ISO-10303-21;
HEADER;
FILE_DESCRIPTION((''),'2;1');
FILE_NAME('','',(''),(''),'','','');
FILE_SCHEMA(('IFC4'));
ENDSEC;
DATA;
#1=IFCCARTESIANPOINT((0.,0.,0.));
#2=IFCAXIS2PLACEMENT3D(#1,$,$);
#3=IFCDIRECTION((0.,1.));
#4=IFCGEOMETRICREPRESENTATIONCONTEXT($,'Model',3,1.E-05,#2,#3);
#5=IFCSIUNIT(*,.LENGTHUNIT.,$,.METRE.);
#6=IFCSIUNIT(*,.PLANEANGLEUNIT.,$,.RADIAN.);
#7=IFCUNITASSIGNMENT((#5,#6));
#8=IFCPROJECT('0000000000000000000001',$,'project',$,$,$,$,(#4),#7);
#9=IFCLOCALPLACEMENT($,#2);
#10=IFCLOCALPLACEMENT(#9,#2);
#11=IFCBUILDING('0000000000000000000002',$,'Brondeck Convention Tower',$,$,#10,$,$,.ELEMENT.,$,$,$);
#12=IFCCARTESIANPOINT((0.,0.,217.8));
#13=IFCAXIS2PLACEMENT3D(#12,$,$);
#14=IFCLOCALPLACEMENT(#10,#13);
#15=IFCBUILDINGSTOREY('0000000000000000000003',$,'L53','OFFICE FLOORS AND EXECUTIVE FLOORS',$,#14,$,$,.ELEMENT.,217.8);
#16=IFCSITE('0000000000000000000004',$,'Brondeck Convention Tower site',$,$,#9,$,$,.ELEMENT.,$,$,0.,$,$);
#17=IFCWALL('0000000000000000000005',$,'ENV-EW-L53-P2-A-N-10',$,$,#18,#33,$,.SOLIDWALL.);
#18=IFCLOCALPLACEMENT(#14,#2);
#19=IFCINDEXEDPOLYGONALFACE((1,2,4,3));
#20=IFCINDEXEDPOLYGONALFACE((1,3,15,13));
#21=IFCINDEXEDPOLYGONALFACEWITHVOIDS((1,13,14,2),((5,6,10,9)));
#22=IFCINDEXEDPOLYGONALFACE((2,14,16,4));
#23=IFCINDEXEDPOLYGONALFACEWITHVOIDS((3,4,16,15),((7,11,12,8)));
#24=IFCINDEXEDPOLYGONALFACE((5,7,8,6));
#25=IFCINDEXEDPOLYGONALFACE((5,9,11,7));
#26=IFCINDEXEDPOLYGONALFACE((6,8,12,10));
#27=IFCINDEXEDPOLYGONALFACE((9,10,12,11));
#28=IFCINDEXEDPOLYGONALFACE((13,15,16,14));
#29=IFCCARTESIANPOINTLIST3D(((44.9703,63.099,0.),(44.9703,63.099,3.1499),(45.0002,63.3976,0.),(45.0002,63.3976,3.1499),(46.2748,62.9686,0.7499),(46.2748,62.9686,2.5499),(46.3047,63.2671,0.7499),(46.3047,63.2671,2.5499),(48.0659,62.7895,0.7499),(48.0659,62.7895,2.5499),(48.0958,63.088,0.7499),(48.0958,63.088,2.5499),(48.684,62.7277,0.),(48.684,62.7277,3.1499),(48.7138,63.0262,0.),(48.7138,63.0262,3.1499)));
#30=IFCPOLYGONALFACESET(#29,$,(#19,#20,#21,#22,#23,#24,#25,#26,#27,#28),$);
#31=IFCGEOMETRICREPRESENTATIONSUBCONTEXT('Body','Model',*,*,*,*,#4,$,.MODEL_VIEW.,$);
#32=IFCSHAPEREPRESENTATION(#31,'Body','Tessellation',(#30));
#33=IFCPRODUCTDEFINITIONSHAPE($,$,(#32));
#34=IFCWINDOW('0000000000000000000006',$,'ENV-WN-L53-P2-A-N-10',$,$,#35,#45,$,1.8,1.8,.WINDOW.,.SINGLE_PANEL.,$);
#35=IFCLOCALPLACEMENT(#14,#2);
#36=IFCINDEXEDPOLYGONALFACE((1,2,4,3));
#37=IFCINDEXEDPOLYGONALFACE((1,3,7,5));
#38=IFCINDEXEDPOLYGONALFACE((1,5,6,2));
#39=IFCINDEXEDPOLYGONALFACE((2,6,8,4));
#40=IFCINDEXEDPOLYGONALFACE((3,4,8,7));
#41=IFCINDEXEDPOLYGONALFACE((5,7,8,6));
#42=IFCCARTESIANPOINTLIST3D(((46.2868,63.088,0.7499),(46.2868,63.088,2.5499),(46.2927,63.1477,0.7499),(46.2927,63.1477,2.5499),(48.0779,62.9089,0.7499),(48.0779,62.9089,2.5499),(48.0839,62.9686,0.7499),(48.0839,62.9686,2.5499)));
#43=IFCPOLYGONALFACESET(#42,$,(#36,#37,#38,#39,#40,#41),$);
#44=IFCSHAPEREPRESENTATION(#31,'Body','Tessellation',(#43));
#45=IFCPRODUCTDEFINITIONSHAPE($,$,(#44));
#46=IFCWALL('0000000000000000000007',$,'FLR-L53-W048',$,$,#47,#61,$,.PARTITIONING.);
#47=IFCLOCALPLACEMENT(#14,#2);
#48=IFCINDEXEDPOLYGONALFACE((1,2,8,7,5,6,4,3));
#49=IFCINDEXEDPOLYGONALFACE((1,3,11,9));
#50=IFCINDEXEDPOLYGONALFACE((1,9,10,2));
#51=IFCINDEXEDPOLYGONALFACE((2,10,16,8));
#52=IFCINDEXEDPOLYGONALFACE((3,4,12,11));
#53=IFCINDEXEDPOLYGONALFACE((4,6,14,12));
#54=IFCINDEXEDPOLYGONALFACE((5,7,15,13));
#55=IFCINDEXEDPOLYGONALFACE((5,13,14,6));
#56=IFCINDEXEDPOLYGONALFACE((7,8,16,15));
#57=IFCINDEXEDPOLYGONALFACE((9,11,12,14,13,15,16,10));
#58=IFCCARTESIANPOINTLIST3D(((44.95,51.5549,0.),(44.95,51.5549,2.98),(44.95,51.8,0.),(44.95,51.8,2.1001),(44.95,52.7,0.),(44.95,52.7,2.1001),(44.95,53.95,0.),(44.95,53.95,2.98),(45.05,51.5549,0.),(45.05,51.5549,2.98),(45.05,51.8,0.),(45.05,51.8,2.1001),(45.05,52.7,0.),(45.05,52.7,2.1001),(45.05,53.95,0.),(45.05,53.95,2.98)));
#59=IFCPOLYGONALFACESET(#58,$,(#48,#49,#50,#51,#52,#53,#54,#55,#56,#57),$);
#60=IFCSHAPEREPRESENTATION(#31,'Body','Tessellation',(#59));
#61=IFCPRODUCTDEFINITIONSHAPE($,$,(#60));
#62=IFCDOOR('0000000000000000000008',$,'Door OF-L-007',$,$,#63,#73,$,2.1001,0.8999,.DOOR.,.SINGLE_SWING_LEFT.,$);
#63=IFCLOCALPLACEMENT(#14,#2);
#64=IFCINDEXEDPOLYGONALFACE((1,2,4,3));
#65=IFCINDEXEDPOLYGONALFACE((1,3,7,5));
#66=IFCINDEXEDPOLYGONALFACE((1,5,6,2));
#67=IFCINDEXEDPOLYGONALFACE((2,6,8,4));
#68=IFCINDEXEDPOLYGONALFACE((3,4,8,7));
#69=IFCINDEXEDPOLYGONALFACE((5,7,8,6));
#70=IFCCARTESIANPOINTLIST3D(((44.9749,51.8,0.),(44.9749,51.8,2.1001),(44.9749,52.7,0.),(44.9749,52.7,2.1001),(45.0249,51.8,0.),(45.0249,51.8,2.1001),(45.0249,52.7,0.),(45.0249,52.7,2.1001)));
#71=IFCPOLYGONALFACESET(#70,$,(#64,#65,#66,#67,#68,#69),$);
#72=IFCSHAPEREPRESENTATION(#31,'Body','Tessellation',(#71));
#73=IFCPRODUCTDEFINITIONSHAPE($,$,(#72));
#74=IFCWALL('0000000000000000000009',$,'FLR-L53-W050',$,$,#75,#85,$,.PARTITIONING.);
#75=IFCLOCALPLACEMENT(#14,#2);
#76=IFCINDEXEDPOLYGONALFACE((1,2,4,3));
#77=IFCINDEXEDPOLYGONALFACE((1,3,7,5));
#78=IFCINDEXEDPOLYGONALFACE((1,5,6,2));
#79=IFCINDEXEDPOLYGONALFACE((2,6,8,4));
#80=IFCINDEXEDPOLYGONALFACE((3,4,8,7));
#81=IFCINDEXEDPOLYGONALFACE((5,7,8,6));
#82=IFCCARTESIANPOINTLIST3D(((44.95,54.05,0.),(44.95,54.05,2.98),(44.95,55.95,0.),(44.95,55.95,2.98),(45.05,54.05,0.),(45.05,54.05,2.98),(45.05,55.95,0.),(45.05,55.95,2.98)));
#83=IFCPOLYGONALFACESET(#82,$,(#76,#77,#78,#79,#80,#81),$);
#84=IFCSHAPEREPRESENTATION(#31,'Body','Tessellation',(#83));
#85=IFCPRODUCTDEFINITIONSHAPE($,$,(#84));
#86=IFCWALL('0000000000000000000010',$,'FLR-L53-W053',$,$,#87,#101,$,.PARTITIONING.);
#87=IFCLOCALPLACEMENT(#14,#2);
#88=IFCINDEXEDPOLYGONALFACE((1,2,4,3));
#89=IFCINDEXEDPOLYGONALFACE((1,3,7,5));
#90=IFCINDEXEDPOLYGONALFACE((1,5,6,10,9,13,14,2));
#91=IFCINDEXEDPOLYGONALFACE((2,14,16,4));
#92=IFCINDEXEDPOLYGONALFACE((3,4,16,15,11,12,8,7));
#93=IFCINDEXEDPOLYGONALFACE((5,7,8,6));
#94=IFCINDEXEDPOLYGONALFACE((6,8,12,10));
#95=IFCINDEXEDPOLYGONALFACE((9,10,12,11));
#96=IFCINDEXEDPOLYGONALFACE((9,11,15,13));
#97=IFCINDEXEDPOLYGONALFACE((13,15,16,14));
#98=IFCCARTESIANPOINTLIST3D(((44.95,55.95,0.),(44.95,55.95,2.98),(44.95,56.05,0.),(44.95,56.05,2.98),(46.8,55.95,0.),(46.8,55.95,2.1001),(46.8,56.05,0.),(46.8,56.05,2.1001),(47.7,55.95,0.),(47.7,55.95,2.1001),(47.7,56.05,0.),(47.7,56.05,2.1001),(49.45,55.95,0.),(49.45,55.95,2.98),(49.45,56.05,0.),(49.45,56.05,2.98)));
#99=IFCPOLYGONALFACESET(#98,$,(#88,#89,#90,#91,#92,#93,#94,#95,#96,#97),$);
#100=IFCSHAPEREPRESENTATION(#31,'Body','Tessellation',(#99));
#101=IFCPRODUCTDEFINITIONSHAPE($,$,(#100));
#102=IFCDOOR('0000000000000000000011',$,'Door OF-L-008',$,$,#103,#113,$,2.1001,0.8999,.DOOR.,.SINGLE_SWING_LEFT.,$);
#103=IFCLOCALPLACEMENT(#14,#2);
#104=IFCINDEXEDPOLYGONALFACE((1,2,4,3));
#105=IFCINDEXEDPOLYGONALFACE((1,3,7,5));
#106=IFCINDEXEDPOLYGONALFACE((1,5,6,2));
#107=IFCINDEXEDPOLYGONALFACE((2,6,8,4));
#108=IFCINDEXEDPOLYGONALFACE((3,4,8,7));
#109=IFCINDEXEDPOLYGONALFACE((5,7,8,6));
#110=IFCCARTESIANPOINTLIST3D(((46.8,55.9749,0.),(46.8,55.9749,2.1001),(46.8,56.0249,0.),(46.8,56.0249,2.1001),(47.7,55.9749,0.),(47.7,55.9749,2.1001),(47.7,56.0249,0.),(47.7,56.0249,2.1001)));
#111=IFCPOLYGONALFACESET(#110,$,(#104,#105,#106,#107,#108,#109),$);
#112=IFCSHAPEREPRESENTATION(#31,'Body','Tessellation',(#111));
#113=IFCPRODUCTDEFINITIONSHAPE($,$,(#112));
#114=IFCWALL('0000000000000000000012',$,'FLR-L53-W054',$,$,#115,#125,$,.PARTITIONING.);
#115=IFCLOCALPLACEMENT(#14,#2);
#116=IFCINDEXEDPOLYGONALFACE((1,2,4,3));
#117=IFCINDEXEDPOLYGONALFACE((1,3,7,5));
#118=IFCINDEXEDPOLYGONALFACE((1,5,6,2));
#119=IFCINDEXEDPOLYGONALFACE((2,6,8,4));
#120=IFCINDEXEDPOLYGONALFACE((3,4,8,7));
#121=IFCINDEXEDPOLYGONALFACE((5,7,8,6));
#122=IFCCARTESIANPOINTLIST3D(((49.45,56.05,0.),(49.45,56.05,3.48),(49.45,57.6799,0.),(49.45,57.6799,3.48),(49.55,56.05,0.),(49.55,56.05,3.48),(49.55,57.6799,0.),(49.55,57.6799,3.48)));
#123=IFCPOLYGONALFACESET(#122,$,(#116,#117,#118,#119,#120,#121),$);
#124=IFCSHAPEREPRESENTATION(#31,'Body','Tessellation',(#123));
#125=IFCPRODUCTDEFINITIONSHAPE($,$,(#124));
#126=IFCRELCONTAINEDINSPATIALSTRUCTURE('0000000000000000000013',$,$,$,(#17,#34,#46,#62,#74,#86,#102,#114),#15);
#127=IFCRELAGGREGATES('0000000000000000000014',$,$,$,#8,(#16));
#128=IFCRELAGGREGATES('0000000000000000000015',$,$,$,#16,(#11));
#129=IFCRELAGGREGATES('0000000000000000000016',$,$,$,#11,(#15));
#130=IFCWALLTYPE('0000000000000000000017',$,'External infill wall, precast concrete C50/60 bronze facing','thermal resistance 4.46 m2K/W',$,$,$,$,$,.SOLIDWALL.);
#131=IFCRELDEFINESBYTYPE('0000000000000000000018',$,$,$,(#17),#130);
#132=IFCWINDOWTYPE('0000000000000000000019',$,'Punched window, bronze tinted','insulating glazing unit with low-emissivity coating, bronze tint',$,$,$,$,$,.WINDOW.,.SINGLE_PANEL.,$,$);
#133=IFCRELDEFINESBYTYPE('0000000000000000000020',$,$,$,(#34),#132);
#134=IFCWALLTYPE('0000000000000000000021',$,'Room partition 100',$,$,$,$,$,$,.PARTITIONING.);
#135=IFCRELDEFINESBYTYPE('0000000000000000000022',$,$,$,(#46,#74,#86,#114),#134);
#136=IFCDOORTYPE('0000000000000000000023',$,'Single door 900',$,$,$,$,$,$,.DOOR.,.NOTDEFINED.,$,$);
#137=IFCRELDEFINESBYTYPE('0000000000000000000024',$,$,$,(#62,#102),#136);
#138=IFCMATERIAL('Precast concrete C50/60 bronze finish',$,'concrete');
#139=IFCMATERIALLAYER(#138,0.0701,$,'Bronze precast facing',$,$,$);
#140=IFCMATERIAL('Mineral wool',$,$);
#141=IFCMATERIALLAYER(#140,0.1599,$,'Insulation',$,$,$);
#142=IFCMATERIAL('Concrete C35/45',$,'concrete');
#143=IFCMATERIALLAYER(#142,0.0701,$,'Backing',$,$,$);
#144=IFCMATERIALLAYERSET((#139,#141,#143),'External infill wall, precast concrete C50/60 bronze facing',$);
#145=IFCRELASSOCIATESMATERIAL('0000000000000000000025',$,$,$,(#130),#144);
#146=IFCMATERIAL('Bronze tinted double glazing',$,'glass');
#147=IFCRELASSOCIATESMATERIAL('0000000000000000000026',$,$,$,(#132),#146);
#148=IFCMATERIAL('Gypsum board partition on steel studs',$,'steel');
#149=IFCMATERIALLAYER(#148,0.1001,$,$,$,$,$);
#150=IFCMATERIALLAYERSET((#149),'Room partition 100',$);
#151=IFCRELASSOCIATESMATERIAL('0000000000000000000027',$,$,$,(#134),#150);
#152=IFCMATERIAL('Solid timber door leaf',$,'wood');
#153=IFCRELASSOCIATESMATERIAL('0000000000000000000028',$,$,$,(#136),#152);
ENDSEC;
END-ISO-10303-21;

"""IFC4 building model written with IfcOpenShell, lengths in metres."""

from ifc_helpers import new_model, si_unit, direction, frame, frame_2d, origin, place, context, subcontext, project, spatial, rectangle, extrude, material, layer, layer_set, type_object, element, fill, save


model = new_model("IFC4")

# Units and contexts
model_context = context("Model", 3, precision=1e-05, world=origin(), true_north=direction((0.0, 1.0)))
body_context = subcontext(model_context, "Body", "Model", "MODEL_VIEW")
ifc_project = project(units=[si_unit("LENGTHUNIT", "METRE"), si_unit("PLANEANGLEUNIT", "RADIAN")], contexts=[model_context])

# Site, building, storey
site_placement = place(None, origin())
site = spatial("IfcSite", under=ifc_project, at=site_placement, Name="Brondeck Convention Tower site", CompositionType="ELEMENT", RefElevation=0.0)
building_placement = place(site_placement, origin())
building = spatial("IfcBuilding", under=site, at=building_placement, Name="Brondeck Convention Tower", CompositionType="ELEMENT")
storey_placement = place(building_placement, frame((0.0, 0.0, 217.8)))
storey = spatial("IfcBuildingStorey", under=building, at=storey_placement, Name="L53", Description="OFFICE FLOORS AND EXECUTIVE FLOORS", CompositionType="ELEMENT", Elevation=217.8)

# Shared definitions
ifc_material_1 = material(Name="Precast concrete C50/60 bronze finish", Category="concrete")
ifc_layer_1 = layer(ifc_material_1, 0.0701, Name="Bronze precast facing")
ifc_material_2 = material(Name="Mineral wool")
ifc_layer_2 = layer(ifc_material_2, 0.1599, Name="Insulation")
ifc_material_3 = material(Name="Concrete C35/45", Category="concrete")
ifc_layer_3 = layer(ifc_material_3, 0.0701, Name="Backing")
ifc_layer_set_1 = layer_set([ifc_layer_1, ifc_layer_2, ifc_layer_3], Name="External infill wall, precast concrete C50/60 bronze facing")
wall_type_1 = type_object("IfcWallType", Name="External infill wall, precast concrete C50/60 bronze facing", Description="thermal resistance 4.46 m2K/W", PredefinedType="SOLIDWALL", material=ifc_layer_set_1)
ifc_material_4 = material(Name="Bronze tinted double glazing", Category="glass")
window_type_1 = type_object("IfcWindowType", Name="Punched window, bronze tinted", Description="insulating glazing unit with low-emissivity coating, bronze tint", PartitioningType="SINGLE_PANEL", PredefinedType="WINDOW", material=ifc_material_4)

# Wall, opening, window
wall_1_placement = place(storey_placement, frame((44.9851, 63.2483, 0.0), z_axis=(0.0, 0.0, 1.0), x_axis=(0.995038, -0.099497, 0.0)))
wall_1 = element("IfcWall", 1, at=wall_1_placement, inside=storey, type_object=wall_type_1, Name="ENV-EW-L53-P2-A-N-10", PredefinedType="SOLIDWALL", context=body_context, shape_type="SweptSolid", body=[
    extrude(rectangle(XDim=3.7322, YDim=0.3, at=frame_2d((1.8662, 0.0))), origin(), (0.0, 0.0, 1.0), 3.1499),
])
opening_1_placement = place(wall_1_placement, frame((1.3113, 0.0, 0.75)))
opening_1 = element("IfcOpeningElement", 2, at=opening_1_placement, cuts=wall_1, PredefinedType="OPENING", context=body_context, shape_type="SweptSolid", body=[
    extrude(rectangle(XDim=1.8, YDim=1.8, at=frame_2d((0.8999, 0.8999))), frame((0.0, 0.1599, 0.0), z_axis=(0.0, -1.0, 0.0), x_axis=(1.0, 0.0, 0.0)), (0.0, 0.0, 1.0), 0.3201),
])
window_1_placement = place(opening_1_placement, origin())
window_1 = element("IfcWindow", 3, at=window_1_placement, inside=storey, type_object=window_type_1, Name="ENV-WN-L53-P2-A-N-10", OverallHeight=1.8, OverallWidth=1.8, PartitioningType="SINGLE_PANEL", PredefinedType="WINDOW", context=body_context, shape_type="SweptSolid", body=[
    extrude(rectangle(XDim=1.8, YDim=1.8, at=frame_2d((0.8999, 0.8999))), frame((0.0, 0.03, 0.0), z_axis=(0.0, -1.0, 0.0), x_axis=(1.0, 0.0, 0.0)), (0.0, 0.0, 1.0), 0.0601),
])
fill(opening_1, window_1)

# Wall, opening, door
ifc_material_5 = material(Name="Gypsum board partition on steel studs", Category="steel")
ifc_layer_4 = layer(ifc_material_5, 0.1001)
ifc_layer_set_2 = layer_set([ifc_layer_4], Name="Room partition 100")
wall_type_2 = type_object("IfcWallType", Name="Room partition 100", PredefinedType="PARTITIONING", material=ifc_layer_set_2)
wall_2_placement = place(storey_placement, frame((45.0, 53.95, 0.0), z_axis=(0.0, 0.0, 1.0), x_axis=(0.0, -1.0, 0.0)))
wall_2 = element("IfcWall", 4, at=wall_2_placement, inside=storey, type_object=wall_type_2, Name="FLR-L53-W048", PredefinedType="PARTITIONING", context=body_context, shape_type="SweptSolid", body=[
    extrude(rectangle(XDim=2.395, YDim=0.1001, at=frame_2d((1.1975, 0.0))), origin(), (0.0, 0.0, 1.0), 2.98),
])
opening_2_placement = place(wall_2_placement, frame((1.25, 0.0, 0.0)))
opening_2 = element("IfcOpeningElement", 5, at=opening_2_placement, cuts=wall_2, PredefinedType="OPENING", context=body_context, shape_type="SweptSolid", body=[
    extrude(rectangle(XDim=0.8999, YDim=2.1001, at=frame_2d((0.45, 1.05))), frame((0.0, 0.0601, 0.0), z_axis=(0.0, -1.0, 0.0), x_axis=(1.0, 0.0, 0.0)), (0.0, 0.0, 1.0), 0.1201),
])
ifc_material_6 = material(Name="Solid timber door leaf", Category="wood")
door_type = type_object("IfcDoorType", Name="Single door 900", OperationType="NOTDEFINED", PredefinedType="DOOR", material=ifc_material_6)
door_1_placement = place(opening_2_placement, origin())
door_1 = element("IfcDoor", 6, at=door_1_placement, inside=storey, type_object=door_type, Name="Door OF-L-007", OperationType="SINGLE_SWING_LEFT", OverallHeight=2.1001, OverallWidth=0.8999, PredefinedType="DOOR", context=body_context, shape_type="SweptSolid", body=[
    extrude(rectangle(XDim=0.8999, YDim=2.1001, at=frame_2d((0.45, 1.05))), frame((0.0, 0.0249, 0.0), z_axis=(0.0, -1.0, 0.0), x_axis=(1.0, 0.0, 0.0)), (0.0, 0.0, 1.0), 0.05),
])
fill(opening_2, door_1)

# Wall
wall_3_placement = place(storey_placement, frame((45.0, 54.05, 0.0), z_axis=(0.0, 0.0, 1.0), x_axis=(0.0, 1.0, 0.0)))
element("IfcWall", 7, at=wall_3_placement, inside=storey, type_object=wall_type_2, Name="FLR-L53-W050", PredefinedType="PARTITIONING", context=body_context, shape_type="SweptSolid", body=[
    extrude(rectangle(XDim=1.8999, YDim=0.1001, at=frame_2d((0.95, 0.0))), origin(), (0.0, 0.0, 1.0), 2.98),
])

# Wall, opening, door
wall_4_placement = place(storey_placement, frame((44.95, 56.0, 0.0), z_axis=(0.0, 0.0, 1.0), x_axis=(1.0, 0.0, 0.0)))
wall_4 = element("IfcWall", 8, at=wall_4_placement, inside=storey, type_object=wall_type_2, Name="FLR-L53-W053", PredefinedType="PARTITIONING", context=body_context, shape_type="SweptSolid", body=[
    extrude(rectangle(XDim=4.5, YDim=0.1001, at=frame_2d((2.25, 0.0))), origin(), (0.0, 0.0, 1.0), 2.98),
])
opening_3_placement = place(wall_4_placement, frame((1.8501, 0.0, 0.0)))
opening_3 = element("IfcOpeningElement", 9, at=opening_3_placement, cuts=wall_4, PredefinedType="OPENING", context=body_context, shape_type="SweptSolid", body=[
    extrude(rectangle(XDim=0.8999, YDim=2.1001, at=frame_2d((0.45, 1.05))), frame((0.0, 0.0601, 0.0), z_axis=(0.0, -1.0, 0.0), x_axis=(1.0, 0.0, 0.0)), (0.0, 0.0, 1.0), 0.1201),
])
door_2_placement = place(opening_3_placement, origin())
door_2 = element("IfcDoor", 10, at=door_2_placement, inside=storey, type_object=door_type, Name="Door OF-L-008", OperationType="SINGLE_SWING_LEFT", OverallHeight=2.1001, OverallWidth=0.8999, PredefinedType="DOOR", context=body_context, shape_type="SweptSolid", body=[
    extrude(rectangle(XDim=0.8999, YDim=2.1001, at=frame_2d((0.45, 1.05))), frame((0.0, 0.0249, 0.0), z_axis=(0.0, -1.0, 0.0), x_axis=(1.0, 0.0, 0.0)), (0.0, 0.0, 1.0), 0.05),
])
fill(opening_3, door_2)

# Wall
wall_5_placement = place(storey_placement, frame((49.5, 56.05, 0.0), z_axis=(0.0, 0.0, 1.0), x_axis=(0.0, 1.0, 0.0)))
element("IfcWall", 11, at=wall_5_placement, inside=storey, type_object=wall_type_2, Name="FLR-L53-W054", PredefinedType="PARTITIONING", context=body_context, shape_type="SweptSolid", body=[
    extrude(rectangle(XDim=1.6299, YDim=0.1001, at=frame_2d((0.8149, 0.0))), origin(), (0.0, 0.0, 1.0), 3.48),
])

save(model, "model.ifc")
